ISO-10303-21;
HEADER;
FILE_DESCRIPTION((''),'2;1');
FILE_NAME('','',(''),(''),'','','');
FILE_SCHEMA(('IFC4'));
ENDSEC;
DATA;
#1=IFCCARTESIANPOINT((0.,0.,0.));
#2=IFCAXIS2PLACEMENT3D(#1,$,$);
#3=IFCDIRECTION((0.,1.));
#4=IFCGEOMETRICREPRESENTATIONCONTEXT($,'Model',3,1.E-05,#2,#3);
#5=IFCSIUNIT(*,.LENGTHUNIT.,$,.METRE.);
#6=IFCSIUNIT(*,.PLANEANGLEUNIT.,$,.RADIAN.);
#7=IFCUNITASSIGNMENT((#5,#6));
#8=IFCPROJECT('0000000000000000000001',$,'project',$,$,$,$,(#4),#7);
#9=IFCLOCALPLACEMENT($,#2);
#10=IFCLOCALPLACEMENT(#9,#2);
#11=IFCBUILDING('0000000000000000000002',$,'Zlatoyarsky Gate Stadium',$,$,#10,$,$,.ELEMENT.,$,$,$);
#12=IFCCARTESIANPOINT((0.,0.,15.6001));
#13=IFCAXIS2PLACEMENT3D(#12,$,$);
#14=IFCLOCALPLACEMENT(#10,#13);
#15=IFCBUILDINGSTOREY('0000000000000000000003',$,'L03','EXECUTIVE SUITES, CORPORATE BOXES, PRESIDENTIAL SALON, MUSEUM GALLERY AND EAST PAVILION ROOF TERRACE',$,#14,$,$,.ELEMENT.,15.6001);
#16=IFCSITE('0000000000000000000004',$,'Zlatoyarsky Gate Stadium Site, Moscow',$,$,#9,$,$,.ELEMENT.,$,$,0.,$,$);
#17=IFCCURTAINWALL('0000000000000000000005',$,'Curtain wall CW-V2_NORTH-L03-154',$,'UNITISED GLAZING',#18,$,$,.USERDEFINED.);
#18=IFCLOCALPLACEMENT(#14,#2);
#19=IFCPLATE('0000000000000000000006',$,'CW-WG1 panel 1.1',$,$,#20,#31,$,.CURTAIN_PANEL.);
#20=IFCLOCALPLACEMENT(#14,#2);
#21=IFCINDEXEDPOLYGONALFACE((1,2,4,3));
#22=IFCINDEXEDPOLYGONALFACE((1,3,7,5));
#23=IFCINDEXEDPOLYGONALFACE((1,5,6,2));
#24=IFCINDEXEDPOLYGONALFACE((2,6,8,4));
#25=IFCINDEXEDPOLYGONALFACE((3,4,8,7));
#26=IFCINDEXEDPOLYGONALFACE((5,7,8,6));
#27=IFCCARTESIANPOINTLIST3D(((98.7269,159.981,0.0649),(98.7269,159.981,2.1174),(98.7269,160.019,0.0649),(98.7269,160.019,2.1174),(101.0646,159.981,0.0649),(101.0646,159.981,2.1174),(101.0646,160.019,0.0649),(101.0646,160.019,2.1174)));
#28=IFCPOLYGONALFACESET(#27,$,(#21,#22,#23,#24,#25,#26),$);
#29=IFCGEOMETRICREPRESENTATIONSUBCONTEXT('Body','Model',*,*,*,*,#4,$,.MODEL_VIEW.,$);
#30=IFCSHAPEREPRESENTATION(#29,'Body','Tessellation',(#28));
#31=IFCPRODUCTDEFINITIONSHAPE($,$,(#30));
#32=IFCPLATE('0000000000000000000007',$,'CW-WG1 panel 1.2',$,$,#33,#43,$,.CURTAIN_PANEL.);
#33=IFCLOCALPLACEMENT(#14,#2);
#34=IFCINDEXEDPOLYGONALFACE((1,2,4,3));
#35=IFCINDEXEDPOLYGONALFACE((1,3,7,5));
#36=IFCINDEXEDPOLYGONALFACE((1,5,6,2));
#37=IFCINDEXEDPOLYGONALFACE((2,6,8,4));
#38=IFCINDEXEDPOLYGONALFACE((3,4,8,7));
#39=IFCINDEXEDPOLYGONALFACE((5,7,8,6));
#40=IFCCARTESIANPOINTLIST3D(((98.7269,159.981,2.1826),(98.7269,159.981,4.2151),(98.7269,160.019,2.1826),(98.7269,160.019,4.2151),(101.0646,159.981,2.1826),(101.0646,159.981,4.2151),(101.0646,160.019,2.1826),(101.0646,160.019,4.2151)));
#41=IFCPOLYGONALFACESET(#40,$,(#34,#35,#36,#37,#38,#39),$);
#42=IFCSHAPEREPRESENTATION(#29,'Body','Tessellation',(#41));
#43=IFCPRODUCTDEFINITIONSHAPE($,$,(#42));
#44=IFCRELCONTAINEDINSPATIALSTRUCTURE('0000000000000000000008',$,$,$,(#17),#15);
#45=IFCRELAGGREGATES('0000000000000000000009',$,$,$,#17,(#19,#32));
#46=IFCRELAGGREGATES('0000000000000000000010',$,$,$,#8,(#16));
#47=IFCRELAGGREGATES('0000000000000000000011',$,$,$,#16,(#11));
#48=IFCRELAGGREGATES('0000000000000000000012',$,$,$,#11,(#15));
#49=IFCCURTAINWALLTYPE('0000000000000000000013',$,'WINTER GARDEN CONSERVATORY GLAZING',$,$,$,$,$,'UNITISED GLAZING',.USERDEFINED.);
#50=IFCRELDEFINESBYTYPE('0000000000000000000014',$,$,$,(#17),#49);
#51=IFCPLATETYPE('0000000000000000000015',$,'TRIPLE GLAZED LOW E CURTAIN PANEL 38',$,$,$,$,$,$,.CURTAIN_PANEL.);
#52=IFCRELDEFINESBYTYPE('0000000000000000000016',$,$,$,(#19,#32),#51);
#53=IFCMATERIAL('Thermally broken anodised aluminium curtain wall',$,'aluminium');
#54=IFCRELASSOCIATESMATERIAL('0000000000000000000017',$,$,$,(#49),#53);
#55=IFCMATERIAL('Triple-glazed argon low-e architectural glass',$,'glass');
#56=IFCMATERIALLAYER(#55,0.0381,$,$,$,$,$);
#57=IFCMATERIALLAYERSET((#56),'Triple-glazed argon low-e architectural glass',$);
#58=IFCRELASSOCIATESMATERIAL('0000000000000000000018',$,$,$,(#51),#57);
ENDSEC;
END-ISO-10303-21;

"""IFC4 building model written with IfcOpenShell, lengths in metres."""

from ifc_helpers import new_model, si_unit, direction, frame, origin, origin_2d, place, context, subcontext, project, spatial, rectangle, extrude, material, layer, layer_set, type_object, element, aggregate, save


model = new_model("IFC4")

# Units and contexts
model_context = context("Model", 3, precision=1e-05, world=origin(), true_north=direction((0.0, 1.0)))
body_context = subcontext(model_context, "Body", "Model", "MODEL_VIEW")
ifc_project = project(units=[si_unit("LENGTHUNIT", "METRE"), si_unit("PLANEANGLEUNIT", "RADIAN")], contexts=[model_context])

# Site, building, storey
site_placement = place(None, origin())
site = spatial("IfcSite", under=ifc_project, at=site_placement, Name="Zlatoyarsky Gate Stadium Site, Moscow", CompositionType="ELEMENT", RefElevation=0.0)
building_placement = place(site_placement, origin())
building = spatial("IfcBuilding", under=site, at=building_placement, Name="Zlatoyarsky Gate Stadium", CompositionType="ELEMENT")
storey_placement = place(building_placement, frame((0.0, 0.0, 15.6001)))
storey = spatial("IfcBuildingStorey", under=building, at=storey_placement, Name="L03", Description="EXECUTIVE SUITES, CORPORATE BOXES, PRESIDENTIAL SALON, MUSEUM GALLERY AND EAST PAVILION ROOF TERRACE", CompositionType="ELEMENT", Elevation=15.6001)

# Curtain wall
ifc_material_1 = material(Name="Thermally broken anodised aluminium curtain wall", Category="aluminium")
curtain_wall_type_1 = type_object("IfcCurtainWallType", Name="WINTER GARDEN CONSERVATORY GLAZING", ElementType="UNITISED GLAZING", PredefinedType="USERDEFINED", material=ifc_material_1)
curtain_wall_1_placement = place(storey_placement, origin())
curtain_wall_1 = element("IfcCurtainWall", 1, at=curtain_wall_1_placement, inside=storey, type_object=curtain_wall_type_1, Name="Curtain wall CW-V2_NORTH-L03-154", ObjectType="UNITISED GLAZING", PredefinedType="USERDEFINED")

# Plates
ifc_material_2 = material(Name="Triple-glazed argon low-e architectural glass", Category="glass")
ifc_layer_1 = layer(ifc_material_2, 0.0381)
ifc_layer_set_1 = layer_set([ifc_layer_1], Name="Triple-glazed argon low-e architectural glass")
plate_type_1 = type_object("IfcPlateType", Name="TRIPLE GLAZED LOW E CURTAIN PANEL 38", PredefinedType="CURTAIN_PANEL", material=ifc_layer_set_1)
plate_1_placement = place(storey_placement, frame((99.8958, 160.0, 0.0649), z_axis=(0.0, 0.0, 1.0), x_axis=(1.0, 0.0, 0.0)))
plate_1 = element("IfcPlate", 2, at=plate_1_placement, type_object=plate_type_1, Name="CW-WG1 panel 1.1", PredefinedType="CURTAIN_PANEL", context=body_context, shape_type="SweptSolid", body=[
    extrude(rectangle(XDim=2.3376, YDim=0.0381, at=origin_2d()), origin(), (0.0, 0.0, 1.0), 2.0525),
])
plate_2_placement = place(storey_placement, frame((99.8958, 160.0, 2.1826), z_axis=(0.0, 0.0, 1.0), x_axis=(1.0, 0.0, 0.0)))
plate_2 = element("IfcPlate", 3, at=plate_2_placement, type_object=plate_type_1, Name="CW-WG1 panel 1.2", PredefinedType="CURTAIN_PANEL", context=body_context, shape_type="SweptSolid", body=[
    extrude(rectangle(XDim=2.3376, YDim=0.0381, at=origin_2d()), origin(), (0.0, 0.0, 1.0), 2.0325),
])
aggregate(curtain_wall_1, [plate_1, plate_2])

save(model, "model.ifc")
